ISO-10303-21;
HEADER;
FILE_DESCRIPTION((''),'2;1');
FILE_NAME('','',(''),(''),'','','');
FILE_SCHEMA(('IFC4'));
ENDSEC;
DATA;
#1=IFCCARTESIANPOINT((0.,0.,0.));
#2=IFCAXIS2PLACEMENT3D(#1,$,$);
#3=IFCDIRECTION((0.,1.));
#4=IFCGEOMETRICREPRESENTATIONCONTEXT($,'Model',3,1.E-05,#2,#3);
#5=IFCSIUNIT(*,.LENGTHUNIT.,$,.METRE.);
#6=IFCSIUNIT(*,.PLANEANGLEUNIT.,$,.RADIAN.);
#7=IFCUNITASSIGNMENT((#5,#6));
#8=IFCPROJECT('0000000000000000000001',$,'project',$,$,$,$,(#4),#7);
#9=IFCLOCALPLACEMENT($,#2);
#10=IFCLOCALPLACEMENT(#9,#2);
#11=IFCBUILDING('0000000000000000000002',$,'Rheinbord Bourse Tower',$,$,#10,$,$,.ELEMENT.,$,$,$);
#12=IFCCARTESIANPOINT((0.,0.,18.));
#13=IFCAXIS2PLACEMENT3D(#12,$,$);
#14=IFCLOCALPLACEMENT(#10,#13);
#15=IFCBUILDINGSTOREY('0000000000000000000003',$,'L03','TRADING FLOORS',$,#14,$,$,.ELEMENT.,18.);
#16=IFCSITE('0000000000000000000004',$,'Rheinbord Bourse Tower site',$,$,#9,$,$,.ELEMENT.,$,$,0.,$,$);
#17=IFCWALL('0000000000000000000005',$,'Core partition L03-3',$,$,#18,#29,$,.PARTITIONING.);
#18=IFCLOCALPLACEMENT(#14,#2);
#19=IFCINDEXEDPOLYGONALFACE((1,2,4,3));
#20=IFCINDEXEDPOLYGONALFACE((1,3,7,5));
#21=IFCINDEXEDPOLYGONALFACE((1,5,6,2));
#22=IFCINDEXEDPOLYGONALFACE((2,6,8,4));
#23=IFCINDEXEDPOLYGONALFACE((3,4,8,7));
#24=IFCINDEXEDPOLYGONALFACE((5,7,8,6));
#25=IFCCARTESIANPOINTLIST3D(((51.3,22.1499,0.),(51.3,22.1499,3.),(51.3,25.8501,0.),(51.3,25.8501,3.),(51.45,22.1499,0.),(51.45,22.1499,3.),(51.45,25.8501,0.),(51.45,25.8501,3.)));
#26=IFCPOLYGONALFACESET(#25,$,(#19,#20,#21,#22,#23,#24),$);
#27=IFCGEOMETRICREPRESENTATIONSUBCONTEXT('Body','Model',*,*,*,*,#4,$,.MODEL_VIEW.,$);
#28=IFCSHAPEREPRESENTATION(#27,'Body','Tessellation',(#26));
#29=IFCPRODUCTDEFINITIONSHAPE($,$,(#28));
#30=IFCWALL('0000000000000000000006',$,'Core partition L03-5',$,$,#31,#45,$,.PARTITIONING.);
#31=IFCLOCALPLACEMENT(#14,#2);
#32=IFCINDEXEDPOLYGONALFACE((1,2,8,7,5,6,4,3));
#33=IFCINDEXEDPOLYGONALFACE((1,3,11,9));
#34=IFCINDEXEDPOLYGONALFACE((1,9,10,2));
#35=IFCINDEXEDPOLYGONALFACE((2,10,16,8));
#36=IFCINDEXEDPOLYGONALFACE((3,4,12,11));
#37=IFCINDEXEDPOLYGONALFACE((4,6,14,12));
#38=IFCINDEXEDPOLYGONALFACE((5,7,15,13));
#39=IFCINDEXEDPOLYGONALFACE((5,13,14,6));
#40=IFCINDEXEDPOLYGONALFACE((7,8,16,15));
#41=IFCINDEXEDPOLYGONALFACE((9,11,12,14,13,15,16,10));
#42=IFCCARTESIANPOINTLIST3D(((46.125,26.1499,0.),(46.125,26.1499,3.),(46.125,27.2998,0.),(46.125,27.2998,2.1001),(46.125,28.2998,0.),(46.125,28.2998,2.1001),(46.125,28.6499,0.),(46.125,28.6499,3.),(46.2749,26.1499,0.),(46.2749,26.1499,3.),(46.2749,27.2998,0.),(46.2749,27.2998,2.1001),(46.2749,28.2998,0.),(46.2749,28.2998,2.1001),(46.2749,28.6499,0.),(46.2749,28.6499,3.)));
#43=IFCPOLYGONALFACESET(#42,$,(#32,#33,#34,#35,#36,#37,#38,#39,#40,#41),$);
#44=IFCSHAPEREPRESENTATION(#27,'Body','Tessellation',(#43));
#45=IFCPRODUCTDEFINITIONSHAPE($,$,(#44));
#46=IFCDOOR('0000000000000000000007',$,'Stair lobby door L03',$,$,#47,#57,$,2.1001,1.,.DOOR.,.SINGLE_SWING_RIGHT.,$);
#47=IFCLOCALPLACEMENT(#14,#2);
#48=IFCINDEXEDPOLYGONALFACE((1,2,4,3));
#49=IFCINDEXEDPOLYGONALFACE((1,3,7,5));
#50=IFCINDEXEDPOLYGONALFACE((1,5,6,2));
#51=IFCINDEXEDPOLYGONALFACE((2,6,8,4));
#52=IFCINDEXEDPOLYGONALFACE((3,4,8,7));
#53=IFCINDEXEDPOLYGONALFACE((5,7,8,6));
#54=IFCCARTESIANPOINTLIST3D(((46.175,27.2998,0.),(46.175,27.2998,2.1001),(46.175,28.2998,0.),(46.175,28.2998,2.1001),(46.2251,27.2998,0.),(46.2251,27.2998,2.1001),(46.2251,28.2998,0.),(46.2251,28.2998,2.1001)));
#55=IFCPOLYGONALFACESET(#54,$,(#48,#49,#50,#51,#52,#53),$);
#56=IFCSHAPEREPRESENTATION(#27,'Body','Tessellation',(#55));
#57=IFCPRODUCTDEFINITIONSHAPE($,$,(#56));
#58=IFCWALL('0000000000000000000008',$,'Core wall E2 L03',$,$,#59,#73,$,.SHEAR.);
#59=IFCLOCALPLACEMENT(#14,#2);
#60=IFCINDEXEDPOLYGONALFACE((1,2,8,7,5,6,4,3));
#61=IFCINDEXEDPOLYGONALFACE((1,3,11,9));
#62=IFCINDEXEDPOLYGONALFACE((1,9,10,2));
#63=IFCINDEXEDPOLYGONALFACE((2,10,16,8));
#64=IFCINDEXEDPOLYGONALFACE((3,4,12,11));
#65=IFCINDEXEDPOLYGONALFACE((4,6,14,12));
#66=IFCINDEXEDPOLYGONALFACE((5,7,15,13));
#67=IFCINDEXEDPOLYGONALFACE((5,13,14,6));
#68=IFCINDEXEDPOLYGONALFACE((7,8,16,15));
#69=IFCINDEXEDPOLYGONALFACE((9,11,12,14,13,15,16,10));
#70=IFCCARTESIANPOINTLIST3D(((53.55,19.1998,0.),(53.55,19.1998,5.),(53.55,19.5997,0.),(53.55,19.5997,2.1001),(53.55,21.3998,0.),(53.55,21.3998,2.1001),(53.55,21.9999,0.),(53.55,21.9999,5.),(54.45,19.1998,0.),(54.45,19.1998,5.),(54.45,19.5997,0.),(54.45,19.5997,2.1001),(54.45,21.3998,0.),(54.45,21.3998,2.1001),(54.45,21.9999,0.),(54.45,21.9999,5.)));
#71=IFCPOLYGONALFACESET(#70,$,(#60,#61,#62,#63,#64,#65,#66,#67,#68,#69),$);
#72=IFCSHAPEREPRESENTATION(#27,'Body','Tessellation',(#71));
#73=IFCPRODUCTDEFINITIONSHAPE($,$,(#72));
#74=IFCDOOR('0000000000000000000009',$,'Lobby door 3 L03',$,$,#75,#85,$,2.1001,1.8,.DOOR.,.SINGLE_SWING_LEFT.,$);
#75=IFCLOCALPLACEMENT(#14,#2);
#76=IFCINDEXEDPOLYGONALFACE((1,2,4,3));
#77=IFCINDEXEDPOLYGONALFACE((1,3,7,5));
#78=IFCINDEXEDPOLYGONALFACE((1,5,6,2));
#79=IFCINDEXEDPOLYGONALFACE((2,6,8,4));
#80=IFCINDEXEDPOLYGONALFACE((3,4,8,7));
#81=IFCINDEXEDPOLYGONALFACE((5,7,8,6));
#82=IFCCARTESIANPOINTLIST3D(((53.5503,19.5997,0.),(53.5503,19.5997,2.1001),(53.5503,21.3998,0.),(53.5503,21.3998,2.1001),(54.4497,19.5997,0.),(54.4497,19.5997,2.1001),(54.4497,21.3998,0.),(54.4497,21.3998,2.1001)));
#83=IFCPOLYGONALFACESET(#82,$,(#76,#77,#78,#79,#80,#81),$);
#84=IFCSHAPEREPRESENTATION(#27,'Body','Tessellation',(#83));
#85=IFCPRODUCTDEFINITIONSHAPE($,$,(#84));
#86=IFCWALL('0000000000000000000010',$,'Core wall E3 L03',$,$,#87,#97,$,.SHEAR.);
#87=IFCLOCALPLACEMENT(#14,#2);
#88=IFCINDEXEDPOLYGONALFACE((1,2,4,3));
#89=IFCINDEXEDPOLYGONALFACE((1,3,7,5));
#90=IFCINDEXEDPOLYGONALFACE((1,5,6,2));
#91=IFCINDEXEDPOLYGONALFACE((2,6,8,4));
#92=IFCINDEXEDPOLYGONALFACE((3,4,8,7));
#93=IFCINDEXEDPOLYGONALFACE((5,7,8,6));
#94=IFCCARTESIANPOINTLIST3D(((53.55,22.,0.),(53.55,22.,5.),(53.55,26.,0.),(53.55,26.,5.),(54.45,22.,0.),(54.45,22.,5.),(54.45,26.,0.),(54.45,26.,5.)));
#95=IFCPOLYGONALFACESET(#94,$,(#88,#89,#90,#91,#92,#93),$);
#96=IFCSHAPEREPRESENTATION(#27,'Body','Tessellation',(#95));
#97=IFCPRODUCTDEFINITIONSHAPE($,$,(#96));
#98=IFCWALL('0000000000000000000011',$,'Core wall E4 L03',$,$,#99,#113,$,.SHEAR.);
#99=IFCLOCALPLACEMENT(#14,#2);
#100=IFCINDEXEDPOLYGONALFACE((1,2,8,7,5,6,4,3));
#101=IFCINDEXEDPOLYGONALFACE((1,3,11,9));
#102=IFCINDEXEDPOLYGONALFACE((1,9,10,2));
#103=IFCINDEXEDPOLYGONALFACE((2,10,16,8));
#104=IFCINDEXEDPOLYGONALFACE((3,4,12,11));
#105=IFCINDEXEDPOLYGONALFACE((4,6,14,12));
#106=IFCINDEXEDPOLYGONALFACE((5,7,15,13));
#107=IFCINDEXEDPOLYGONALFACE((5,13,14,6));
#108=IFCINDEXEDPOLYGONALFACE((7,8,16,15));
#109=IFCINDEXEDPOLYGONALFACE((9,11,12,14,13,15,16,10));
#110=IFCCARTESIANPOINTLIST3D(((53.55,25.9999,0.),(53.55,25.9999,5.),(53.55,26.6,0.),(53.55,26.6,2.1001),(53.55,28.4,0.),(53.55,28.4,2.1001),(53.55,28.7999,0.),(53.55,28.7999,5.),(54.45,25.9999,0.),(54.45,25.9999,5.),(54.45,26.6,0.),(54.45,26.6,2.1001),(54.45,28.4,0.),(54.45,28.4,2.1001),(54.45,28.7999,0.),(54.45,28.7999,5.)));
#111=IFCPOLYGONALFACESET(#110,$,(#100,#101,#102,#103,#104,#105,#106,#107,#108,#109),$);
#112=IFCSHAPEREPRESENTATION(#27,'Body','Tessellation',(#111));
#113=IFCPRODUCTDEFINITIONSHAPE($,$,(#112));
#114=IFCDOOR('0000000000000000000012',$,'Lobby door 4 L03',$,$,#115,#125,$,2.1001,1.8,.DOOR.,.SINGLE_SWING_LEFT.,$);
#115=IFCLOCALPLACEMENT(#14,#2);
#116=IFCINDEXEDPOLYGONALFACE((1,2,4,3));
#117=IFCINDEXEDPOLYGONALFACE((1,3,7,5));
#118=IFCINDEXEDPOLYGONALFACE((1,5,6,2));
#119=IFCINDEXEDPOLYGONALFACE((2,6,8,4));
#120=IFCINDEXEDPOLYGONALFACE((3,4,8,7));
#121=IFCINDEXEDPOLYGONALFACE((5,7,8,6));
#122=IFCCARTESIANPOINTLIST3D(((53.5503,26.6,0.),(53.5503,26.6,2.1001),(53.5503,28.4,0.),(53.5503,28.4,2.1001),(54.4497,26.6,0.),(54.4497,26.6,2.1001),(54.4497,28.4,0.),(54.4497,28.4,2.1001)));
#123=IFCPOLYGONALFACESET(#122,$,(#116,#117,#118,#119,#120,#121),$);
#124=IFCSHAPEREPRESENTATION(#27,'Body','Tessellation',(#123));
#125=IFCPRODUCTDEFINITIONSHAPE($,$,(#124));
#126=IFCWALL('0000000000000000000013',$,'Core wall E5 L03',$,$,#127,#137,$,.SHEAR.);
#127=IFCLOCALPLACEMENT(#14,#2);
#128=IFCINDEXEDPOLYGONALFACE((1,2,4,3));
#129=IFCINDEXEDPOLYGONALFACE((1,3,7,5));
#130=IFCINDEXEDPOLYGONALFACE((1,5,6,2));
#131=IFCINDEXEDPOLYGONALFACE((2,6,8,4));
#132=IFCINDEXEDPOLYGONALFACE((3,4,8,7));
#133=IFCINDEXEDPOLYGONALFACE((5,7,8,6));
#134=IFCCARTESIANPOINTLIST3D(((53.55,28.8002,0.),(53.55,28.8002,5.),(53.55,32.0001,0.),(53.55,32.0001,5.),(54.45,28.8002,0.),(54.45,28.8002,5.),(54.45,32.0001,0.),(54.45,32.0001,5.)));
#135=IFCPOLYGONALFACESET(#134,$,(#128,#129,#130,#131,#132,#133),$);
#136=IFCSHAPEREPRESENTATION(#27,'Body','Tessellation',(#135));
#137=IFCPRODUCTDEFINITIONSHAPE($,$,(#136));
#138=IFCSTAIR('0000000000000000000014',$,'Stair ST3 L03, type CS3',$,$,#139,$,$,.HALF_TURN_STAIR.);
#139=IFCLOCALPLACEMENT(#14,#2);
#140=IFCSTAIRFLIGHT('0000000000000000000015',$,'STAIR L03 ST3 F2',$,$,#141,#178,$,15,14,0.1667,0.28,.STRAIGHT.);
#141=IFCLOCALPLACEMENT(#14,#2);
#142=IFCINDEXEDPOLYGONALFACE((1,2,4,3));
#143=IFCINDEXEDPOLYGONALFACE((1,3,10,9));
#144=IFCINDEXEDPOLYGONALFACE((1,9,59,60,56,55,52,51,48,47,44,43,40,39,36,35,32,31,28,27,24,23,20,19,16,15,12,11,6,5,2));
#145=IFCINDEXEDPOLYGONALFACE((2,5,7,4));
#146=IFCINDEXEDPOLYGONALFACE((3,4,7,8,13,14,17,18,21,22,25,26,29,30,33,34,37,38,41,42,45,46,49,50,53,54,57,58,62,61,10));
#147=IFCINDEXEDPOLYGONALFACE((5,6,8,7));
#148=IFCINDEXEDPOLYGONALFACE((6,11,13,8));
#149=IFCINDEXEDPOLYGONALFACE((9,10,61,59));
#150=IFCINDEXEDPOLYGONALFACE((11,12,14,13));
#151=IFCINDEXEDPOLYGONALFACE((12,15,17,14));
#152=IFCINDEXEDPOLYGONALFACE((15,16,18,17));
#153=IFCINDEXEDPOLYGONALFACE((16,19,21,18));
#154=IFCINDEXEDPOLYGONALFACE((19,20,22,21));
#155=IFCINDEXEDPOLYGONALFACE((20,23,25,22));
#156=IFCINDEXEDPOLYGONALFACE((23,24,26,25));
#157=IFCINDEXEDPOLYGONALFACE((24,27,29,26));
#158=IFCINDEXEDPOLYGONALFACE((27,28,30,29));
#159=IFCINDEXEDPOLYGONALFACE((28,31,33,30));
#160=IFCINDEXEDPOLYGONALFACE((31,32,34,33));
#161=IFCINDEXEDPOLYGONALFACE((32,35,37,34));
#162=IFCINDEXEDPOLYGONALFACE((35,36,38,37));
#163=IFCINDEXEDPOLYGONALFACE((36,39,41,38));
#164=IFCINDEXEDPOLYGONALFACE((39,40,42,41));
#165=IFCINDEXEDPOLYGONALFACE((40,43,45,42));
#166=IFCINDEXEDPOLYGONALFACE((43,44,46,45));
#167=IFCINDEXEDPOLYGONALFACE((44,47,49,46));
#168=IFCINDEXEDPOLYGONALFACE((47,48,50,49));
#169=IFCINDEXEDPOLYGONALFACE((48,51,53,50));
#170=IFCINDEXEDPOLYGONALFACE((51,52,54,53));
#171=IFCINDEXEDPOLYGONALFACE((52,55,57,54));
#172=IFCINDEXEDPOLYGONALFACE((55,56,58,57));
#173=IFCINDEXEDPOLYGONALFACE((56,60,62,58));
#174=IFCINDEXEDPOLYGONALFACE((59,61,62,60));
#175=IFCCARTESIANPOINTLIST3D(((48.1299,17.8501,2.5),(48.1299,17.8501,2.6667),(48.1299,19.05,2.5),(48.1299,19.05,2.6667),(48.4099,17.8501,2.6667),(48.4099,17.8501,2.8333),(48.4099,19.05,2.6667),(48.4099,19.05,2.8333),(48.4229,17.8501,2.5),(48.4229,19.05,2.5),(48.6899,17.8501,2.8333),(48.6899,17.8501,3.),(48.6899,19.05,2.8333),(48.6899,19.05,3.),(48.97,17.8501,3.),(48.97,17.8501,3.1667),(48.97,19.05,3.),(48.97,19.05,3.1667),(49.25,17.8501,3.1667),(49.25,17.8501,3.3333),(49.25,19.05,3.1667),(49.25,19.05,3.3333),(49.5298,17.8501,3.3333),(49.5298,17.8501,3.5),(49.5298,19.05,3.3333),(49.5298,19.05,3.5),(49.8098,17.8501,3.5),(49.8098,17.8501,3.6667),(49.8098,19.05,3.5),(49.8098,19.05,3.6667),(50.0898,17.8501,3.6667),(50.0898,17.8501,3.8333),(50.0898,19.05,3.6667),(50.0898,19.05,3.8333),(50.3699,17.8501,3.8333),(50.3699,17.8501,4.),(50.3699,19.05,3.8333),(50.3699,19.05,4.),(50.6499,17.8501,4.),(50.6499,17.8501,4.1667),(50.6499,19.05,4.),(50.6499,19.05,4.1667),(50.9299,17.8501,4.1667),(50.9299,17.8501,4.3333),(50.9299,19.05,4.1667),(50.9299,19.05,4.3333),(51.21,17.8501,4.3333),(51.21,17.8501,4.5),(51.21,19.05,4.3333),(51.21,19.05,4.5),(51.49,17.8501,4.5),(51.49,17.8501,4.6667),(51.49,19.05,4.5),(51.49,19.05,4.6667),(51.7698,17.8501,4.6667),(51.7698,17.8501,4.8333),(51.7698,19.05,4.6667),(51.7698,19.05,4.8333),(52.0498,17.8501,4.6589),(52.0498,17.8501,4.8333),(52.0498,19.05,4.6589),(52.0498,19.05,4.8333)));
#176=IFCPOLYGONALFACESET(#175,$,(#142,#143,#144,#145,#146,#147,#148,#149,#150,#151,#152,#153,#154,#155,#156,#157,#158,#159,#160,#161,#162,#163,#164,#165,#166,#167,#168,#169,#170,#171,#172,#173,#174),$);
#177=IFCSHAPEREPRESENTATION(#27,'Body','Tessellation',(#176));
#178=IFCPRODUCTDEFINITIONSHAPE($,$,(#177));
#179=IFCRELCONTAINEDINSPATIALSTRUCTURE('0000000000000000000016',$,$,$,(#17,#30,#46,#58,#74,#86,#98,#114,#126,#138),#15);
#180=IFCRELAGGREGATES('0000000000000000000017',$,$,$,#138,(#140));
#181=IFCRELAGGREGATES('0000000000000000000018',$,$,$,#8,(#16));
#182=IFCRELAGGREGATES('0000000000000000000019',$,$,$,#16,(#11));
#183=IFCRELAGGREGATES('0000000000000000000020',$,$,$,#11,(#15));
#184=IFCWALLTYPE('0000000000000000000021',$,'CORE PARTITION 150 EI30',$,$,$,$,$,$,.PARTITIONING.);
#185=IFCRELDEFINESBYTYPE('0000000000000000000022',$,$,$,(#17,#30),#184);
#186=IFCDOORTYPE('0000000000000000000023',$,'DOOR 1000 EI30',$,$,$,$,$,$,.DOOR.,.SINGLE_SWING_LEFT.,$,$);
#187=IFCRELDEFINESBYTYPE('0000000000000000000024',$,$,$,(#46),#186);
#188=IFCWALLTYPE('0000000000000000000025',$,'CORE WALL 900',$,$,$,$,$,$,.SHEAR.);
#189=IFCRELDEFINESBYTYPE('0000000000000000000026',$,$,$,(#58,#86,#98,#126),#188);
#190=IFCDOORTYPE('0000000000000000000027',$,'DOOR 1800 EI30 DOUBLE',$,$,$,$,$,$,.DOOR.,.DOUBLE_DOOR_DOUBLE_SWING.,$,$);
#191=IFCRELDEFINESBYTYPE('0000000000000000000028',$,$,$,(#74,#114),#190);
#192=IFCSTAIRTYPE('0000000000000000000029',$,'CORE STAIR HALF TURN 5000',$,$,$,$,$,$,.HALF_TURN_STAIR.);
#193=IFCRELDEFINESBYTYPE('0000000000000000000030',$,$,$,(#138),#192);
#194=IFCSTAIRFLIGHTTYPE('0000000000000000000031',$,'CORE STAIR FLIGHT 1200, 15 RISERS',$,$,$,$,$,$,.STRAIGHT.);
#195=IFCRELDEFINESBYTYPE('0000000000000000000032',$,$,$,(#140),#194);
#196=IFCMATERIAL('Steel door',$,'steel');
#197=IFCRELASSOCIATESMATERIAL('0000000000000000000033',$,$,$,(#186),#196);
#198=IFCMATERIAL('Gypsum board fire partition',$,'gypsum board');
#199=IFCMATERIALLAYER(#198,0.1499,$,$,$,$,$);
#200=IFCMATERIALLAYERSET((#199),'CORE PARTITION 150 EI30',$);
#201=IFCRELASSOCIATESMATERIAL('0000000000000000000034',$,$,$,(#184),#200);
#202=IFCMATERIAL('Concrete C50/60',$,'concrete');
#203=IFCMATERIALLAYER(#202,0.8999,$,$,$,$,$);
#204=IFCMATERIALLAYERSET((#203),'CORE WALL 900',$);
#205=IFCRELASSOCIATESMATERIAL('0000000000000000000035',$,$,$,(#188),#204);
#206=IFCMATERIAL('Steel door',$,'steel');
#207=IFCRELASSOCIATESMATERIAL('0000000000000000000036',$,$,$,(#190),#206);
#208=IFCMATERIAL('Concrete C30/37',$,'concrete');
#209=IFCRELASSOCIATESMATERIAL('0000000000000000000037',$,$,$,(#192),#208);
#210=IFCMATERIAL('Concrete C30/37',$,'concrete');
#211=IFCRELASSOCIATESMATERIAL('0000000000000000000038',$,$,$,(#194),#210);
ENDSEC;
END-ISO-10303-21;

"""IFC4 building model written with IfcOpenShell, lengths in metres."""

from ifc_helpers import new_model, si_unit, direction, frame, frame_2d, origin, place, context, subcontext, project, spatial, polyline, rectangle, outline, extrude, material, layer, layer_set, type_object, element, fill, aggregate, save


model = new_model("IFC4")

# Units and contexts
model_context = context("Model", 3, precision=1e-05, world=origin(), true_north=direction((0.0, 1.0)))
body_context = subcontext(model_context, "Body", "Model", "MODEL_VIEW")
ifc_project = project(units=[si_unit("LENGTHUNIT", "METRE"), si_unit("PLANEANGLEUNIT", "RADIAN")], contexts=[model_context])

# Site, building, storey
site_placement = place(None, origin())
site = spatial("IfcSite", under=ifc_project, at=site_placement, Name="Rheinbord Bourse Tower site", CompositionType="ELEMENT", RefElevation=0.0)
building_placement = place(site_placement, origin())
building = spatial("IfcBuilding", under=site, at=building_placement, Name="Rheinbord Bourse Tower", CompositionType="ELEMENT")
storey_placement = place(building_placement, frame((0.0, 0.0, 18.0)))
storey = spatial("IfcBuildingStorey", under=building, at=storey_placement, Name="L03", Description="TRADING FLOORS", CompositionType="ELEMENT", Elevation=18.0)

# Shared definitions
ifc_material_1 = material(Name="Steel door", Category="steel")
door_type_1 = type_object("IfcDoorType", Name="DOOR 1000 EI30", OperationType="SINGLE_SWING_LEFT", PredefinedType="DOOR", material=ifc_material_1)

# Wall
ifc_material_2 = material(Name="Gypsum board fire partition", Category="gypsum board")
ifc_layer_1 = layer(ifc_material_2, 0.1499)
ifc_layer_set_1 = layer_set([ifc_layer_1], Name="CORE PARTITION 150 EI30")
wall_type_1 = type_object("IfcWallType", Name="CORE PARTITION 150 EI30", PredefinedType="PARTITIONING", material=ifc_layer_set_1)
wall_1_placement = place(storey_placement, frame((51.375, 22.1499, 0.0), z_axis=(0.0, 0.0, 1.0), x_axis=(0.0, 1.0, 0.0)))
element("IfcWall", 1, at=wall_1_placement, inside=storey, type_object=wall_type_1, Name="Core partition L03-3", PredefinedType="PARTITIONING", context=body_context, shape_type="SweptSolid", body=[
    extrude(rectangle(XDim=3.7002, YDim=0.1499, at=frame_2d((1.8501, 0.0))), origin(), (0.0, 0.0, 1.0), 3.0),
])

# Walls, openings, doors
wall_2_placement = place(storey_placement, frame((46.2, 26.1499, 0.0), z_axis=(0.0, 0.0, 1.0), x_axis=(0.0, 1.0, 0.0)))
wall_2 = element("IfcWall", 2, at=wall_2_placement, inside=storey, type_object=wall_type_1, Name="Core partition L03-5", PredefinedType="PARTITIONING", context=body_context, shape_type="SweptSolid", body=[
    extrude(rectangle(XDim=2.5, YDim=0.1499, at=frame_2d((1.25, 0.0))), origin(), (0.0, 0.0, 1.0), 3.0),
])
opening_1_placement = place(wall_2_placement, frame((1.1499, 0.0, 0.0)))
opening_1 = element("IfcOpeningElement", 3, at=opening_1_placement, cuts=wall_2, PredefinedType="OPENING", context=body_context, shape_type="SweptSolid", body=[
    extrude(rectangle(XDim=1.0, YDim=2.1001, at=frame_2d((0.5, 1.05))), frame((0.0, 0.085, 0.0), z_axis=(0.0, -1.0, 0.0), x_axis=(1.0, 0.0, 0.0)), (0.0, 0.0, 1.0), 0.1699),
])
door_1_placement = place(opening_1_placement, origin())
door_1 = element("IfcDoor", 4, at=door_1_placement, inside=storey, type_object=door_type_1, Name="Stair lobby door L03", OperationType="SINGLE_SWING_RIGHT", OverallHeight=2.1001, OverallWidth=1.0, PredefinedType="DOOR", context=body_context, shape_type="SweptSolid", body=[
    extrude(rectangle(XDim=1.0, YDim=2.1001, at=frame_2d((0.5, 1.05))), frame((0.0, 0.0249, 0.0), z_axis=(0.0, -1.0, 0.0), x_axis=(1.0, 0.0, 0.0)), (0.0, 0.0, 1.0), 0.05),
])
fill(opening_1, door_1)
ifc_material_3 = material(Name="Concrete C50/60", Category="concrete")
ifc_layer_2 = layer(ifc_material_3, 0.8999)
ifc_layer_set_2 = layer_set([ifc_layer_2], Name="CORE WALL 900")
wall_type_2 = type_object("IfcWallType", Name="CORE WALL 900", PredefinedType="SHEAR", material=ifc_layer_set_2)
wall_3_placement = place(storey_placement, frame((54.0, 19.2, 0.0), z_axis=(0.0, 0.0, 1.0), x_axis=(0.0, 1.0, 0.0)))
wall_3 = element("IfcWall", 5, at=wall_3_placement, inside=storey, type_object=wall_type_2, Name="Core wall E2 L03", PredefinedType="SHEAR", context=body_context, shape_type="SweptSolid", body=[
    extrude(rectangle(XDim=2.8, YDim=0.8999, at=frame_2d((1.3999, 0.0))), origin(), (0.0, 0.0, 1.0), 5.0),
])
opening_2_placement = place(wall_3_placement, frame((0.3999, 0.0, 0.0)))
opening_2 = element("IfcOpeningElement", 6, at=opening_2_placement, cuts=wall_3, PredefinedType="OPENING", context=body_context, shape_type="SweptSolid", body=[
    extrude(rectangle(XDim=1.8, YDim=2.1001, at=frame_2d((0.8999, 1.05))), frame((0.0, 0.46, 0.0), z_axis=(0.0, -1.0, 0.0), x_axis=(1.0, 0.0, 0.0)), (0.0, 0.0, 1.0), 0.9199),
])
ifc_material_4 = material(Name="Steel door", Category="steel")
door_type_2 = type_object("IfcDoorType", Name="DOOR 1800 EI30 DOUBLE", OperationType="DOUBLE_DOOR_DOUBLE_SWING", PredefinedType="DOOR", material=ifc_material_4)
door_2_placement = place(opening_2_placement, origin())
door_2 = element("IfcDoor", 7, at=door_2_placement, inside=storey, type_object=door_type_2, Name="Lobby door 3 L03", OperationType="SINGLE_SWING_LEFT", OverallHeight=2.1001, OverallWidth=1.8, PredefinedType="DOOR", context=body_context, shape_type="SweptSolid", body=[
    extrude(rectangle(XDim=1.8, YDim=2.1001, at=frame_2d((0.8999, 1.05))), frame((0.0, 0.4497, 0.0), z_axis=(0.0, -1.0, 0.0), x_axis=(1.0, 0.0, 0.0)), (0.0, 0.0, 1.0), 0.8994),
])
fill(opening_2, door_2)

# Wall
wall_4_placement = place(storey_placement, frame((54.0, 22.0, 0.0), z_axis=(0.0, 0.0, 1.0), x_axis=(0.0, 1.0, 0.0)))
element("IfcWall", 8, at=wall_4_placement, inside=storey, type_object=wall_type_2, Name="Core wall E3 L03", PredefinedType="SHEAR", context=body_context, shape_type="SweptSolid", body=[
    extrude(rectangle(XDim=4.0, YDim=0.8999, at=frame_2d((2.0, 0.0))), origin(), (0.0, 0.0, 1.0), 5.0),
])

# Wall, opening, door
wall_5_placement = place(storey_placement, frame((54.0, 26.0, 0.0), z_axis=(0.0, 0.0, 1.0), x_axis=(0.0, 1.0, 0.0)))
wall_5 = element("IfcWall", 9, at=wall_5_placement, inside=storey, type_object=wall_type_2, Name="Core wall E4 L03", PredefinedType="SHEAR", context=body_context, shape_type="SweptSolid", body=[
    extrude(rectangle(XDim=2.8, YDim=0.8999, at=frame_2d((1.3999, 0.0))), origin(), (0.0, 0.0, 1.0), 5.0),
])
opening_3_placement = place(wall_5_placement, frame((0.6001, 0.0, 0.0)))
opening_3 = element("IfcOpeningElement", 10, at=opening_3_placement, cuts=wall_5, PredefinedType="OPENING", context=body_context, shape_type="SweptSolid", body=[
    extrude(rectangle(XDim=1.8, YDim=2.1001, at=frame_2d((0.8999, 1.05))), frame((0.0, 0.46, 0.0), z_axis=(0.0, -1.0, 0.0), x_axis=(1.0, 0.0, 0.0)), (0.0, 0.0, 1.0), 0.9199),
])
door_3_placement = place(opening_3_placement, origin())
door_3 = element("IfcDoor", 11, at=door_3_placement, inside=storey, type_object=door_type_2, Name="Lobby door 4 L03", OperationType="SINGLE_SWING_LEFT", OverallHeight=2.1001, OverallWidth=1.8, PredefinedType="DOOR", context=body_context, shape_type="SweptSolid", body=[
    extrude(rectangle(XDim=1.8, YDim=2.1001, at=frame_2d((0.8999, 1.05))), frame((0.0, 0.4497, 0.0), z_axis=(0.0, -1.0, 0.0), x_axis=(1.0, 0.0, 0.0)), (0.0, 0.0, 1.0), 0.8994),
])
fill(opening_3, door_3)

# Wall
wall_6_placement = place(storey_placement, frame((54.0, 28.8, 0.0), z_axis=(0.0, 0.0, 1.0), x_axis=(0.0, 1.0, 0.0)))
element("IfcWall", 12, at=wall_6_placement, inside=storey, type_object=wall_type_2, Name="Core wall E5 L03", PredefinedType="SHEAR", context=body_context, shape_type="SweptSolid", body=[
    extrude(rectangle(XDim=3.2, YDim=0.8999, at=frame_2d((1.6001, 0.0))), origin(), (0.0, 0.0, 1.0), 5.0),
])

# Stair, stair flight
ifc_material_5 = material(Name="Concrete C30/37", Category="concrete")
stair_type = type_object("IfcStairType", Name="CORE STAIR HALF TURN 5000", PredefinedType="HALF_TURN_STAIR", material=ifc_material_5)
stair_1_placement = place(storey_placement, origin())
stair_1 = element("IfcStair", 13, at=stair_1_placement, inside=storey, type_object=stair_type, Name="Stair ST3 L03, type CS3", PredefinedType="HALF_TURN_STAIR")
ifc_material_6 = material(Name="Concrete C30/37", Category="concrete")
stair_flight_type = type_object("IfcStairFlightType", Name="CORE STAIR FLIGHT 1200, 15 RISERS", PredefinedType="STRAIGHT", material=ifc_material_6)
stair_flight_1_placement = place(storey_placement, frame((48.1299, 18.45, 2.5), z_axis=(0.0, 0.0, 1.0), x_axis=(1.0, 0.0, 0.0)))
stair_flight_1 = element("IfcStairFlight", 14, at=stair_flight_1_placement, type_object=stair_flight_type, Name="STAIR L03 ST3 F2", NumberOfRisers=15, NumberOfTreads=14, PredefinedType="STRAIGHT", RiserHeight=0.1667, TreadLength=0.28, context=body_context, shape_type="SweptSolid", body=[
    extrude(outline(polyline([(0.0, 0.0), (0.0, 0.1667), (0.28, 0.1667), (0.28, 0.3333), (0.5601, 0.3333), (0.5601, 0.5), (0.8401, 0.5), (0.8401, 0.6667), (1.1201, 0.6667), (1.1201, 0.8333), (1.3999, 0.8333), (1.3999, 1.0), (1.6799, 1.0), (1.6799, 1.1667), (1.96, 1.1667), (1.96, 1.3333), (2.24, 1.3333), (2.24, 1.5), (2.52, 1.5), (2.52, 1.6667), (2.8, 1.6667), (2.8, 1.8333), (3.0801, 1.8333), (3.0801, 2.0), (3.3601, 2.0), (3.3601, 2.1667), (3.6399, 2.1667), (3.6399, 2.3333), (3.9199, 2.3333), (3.9199, 2.5), (3.9199, 2.1589), (0.293, 0.0), (0.0, 0.0)])), frame((0.0, 0.6001, 0.0), z_axis=(0.0, -1.0, 0.0), x_axis=(1.0, 0.0, 0.0)), (0.0, 0.0, 1.0), 1.2),
])
aggregate(stair_1, [stair_flight_1])

save(model, "model.ifc")
